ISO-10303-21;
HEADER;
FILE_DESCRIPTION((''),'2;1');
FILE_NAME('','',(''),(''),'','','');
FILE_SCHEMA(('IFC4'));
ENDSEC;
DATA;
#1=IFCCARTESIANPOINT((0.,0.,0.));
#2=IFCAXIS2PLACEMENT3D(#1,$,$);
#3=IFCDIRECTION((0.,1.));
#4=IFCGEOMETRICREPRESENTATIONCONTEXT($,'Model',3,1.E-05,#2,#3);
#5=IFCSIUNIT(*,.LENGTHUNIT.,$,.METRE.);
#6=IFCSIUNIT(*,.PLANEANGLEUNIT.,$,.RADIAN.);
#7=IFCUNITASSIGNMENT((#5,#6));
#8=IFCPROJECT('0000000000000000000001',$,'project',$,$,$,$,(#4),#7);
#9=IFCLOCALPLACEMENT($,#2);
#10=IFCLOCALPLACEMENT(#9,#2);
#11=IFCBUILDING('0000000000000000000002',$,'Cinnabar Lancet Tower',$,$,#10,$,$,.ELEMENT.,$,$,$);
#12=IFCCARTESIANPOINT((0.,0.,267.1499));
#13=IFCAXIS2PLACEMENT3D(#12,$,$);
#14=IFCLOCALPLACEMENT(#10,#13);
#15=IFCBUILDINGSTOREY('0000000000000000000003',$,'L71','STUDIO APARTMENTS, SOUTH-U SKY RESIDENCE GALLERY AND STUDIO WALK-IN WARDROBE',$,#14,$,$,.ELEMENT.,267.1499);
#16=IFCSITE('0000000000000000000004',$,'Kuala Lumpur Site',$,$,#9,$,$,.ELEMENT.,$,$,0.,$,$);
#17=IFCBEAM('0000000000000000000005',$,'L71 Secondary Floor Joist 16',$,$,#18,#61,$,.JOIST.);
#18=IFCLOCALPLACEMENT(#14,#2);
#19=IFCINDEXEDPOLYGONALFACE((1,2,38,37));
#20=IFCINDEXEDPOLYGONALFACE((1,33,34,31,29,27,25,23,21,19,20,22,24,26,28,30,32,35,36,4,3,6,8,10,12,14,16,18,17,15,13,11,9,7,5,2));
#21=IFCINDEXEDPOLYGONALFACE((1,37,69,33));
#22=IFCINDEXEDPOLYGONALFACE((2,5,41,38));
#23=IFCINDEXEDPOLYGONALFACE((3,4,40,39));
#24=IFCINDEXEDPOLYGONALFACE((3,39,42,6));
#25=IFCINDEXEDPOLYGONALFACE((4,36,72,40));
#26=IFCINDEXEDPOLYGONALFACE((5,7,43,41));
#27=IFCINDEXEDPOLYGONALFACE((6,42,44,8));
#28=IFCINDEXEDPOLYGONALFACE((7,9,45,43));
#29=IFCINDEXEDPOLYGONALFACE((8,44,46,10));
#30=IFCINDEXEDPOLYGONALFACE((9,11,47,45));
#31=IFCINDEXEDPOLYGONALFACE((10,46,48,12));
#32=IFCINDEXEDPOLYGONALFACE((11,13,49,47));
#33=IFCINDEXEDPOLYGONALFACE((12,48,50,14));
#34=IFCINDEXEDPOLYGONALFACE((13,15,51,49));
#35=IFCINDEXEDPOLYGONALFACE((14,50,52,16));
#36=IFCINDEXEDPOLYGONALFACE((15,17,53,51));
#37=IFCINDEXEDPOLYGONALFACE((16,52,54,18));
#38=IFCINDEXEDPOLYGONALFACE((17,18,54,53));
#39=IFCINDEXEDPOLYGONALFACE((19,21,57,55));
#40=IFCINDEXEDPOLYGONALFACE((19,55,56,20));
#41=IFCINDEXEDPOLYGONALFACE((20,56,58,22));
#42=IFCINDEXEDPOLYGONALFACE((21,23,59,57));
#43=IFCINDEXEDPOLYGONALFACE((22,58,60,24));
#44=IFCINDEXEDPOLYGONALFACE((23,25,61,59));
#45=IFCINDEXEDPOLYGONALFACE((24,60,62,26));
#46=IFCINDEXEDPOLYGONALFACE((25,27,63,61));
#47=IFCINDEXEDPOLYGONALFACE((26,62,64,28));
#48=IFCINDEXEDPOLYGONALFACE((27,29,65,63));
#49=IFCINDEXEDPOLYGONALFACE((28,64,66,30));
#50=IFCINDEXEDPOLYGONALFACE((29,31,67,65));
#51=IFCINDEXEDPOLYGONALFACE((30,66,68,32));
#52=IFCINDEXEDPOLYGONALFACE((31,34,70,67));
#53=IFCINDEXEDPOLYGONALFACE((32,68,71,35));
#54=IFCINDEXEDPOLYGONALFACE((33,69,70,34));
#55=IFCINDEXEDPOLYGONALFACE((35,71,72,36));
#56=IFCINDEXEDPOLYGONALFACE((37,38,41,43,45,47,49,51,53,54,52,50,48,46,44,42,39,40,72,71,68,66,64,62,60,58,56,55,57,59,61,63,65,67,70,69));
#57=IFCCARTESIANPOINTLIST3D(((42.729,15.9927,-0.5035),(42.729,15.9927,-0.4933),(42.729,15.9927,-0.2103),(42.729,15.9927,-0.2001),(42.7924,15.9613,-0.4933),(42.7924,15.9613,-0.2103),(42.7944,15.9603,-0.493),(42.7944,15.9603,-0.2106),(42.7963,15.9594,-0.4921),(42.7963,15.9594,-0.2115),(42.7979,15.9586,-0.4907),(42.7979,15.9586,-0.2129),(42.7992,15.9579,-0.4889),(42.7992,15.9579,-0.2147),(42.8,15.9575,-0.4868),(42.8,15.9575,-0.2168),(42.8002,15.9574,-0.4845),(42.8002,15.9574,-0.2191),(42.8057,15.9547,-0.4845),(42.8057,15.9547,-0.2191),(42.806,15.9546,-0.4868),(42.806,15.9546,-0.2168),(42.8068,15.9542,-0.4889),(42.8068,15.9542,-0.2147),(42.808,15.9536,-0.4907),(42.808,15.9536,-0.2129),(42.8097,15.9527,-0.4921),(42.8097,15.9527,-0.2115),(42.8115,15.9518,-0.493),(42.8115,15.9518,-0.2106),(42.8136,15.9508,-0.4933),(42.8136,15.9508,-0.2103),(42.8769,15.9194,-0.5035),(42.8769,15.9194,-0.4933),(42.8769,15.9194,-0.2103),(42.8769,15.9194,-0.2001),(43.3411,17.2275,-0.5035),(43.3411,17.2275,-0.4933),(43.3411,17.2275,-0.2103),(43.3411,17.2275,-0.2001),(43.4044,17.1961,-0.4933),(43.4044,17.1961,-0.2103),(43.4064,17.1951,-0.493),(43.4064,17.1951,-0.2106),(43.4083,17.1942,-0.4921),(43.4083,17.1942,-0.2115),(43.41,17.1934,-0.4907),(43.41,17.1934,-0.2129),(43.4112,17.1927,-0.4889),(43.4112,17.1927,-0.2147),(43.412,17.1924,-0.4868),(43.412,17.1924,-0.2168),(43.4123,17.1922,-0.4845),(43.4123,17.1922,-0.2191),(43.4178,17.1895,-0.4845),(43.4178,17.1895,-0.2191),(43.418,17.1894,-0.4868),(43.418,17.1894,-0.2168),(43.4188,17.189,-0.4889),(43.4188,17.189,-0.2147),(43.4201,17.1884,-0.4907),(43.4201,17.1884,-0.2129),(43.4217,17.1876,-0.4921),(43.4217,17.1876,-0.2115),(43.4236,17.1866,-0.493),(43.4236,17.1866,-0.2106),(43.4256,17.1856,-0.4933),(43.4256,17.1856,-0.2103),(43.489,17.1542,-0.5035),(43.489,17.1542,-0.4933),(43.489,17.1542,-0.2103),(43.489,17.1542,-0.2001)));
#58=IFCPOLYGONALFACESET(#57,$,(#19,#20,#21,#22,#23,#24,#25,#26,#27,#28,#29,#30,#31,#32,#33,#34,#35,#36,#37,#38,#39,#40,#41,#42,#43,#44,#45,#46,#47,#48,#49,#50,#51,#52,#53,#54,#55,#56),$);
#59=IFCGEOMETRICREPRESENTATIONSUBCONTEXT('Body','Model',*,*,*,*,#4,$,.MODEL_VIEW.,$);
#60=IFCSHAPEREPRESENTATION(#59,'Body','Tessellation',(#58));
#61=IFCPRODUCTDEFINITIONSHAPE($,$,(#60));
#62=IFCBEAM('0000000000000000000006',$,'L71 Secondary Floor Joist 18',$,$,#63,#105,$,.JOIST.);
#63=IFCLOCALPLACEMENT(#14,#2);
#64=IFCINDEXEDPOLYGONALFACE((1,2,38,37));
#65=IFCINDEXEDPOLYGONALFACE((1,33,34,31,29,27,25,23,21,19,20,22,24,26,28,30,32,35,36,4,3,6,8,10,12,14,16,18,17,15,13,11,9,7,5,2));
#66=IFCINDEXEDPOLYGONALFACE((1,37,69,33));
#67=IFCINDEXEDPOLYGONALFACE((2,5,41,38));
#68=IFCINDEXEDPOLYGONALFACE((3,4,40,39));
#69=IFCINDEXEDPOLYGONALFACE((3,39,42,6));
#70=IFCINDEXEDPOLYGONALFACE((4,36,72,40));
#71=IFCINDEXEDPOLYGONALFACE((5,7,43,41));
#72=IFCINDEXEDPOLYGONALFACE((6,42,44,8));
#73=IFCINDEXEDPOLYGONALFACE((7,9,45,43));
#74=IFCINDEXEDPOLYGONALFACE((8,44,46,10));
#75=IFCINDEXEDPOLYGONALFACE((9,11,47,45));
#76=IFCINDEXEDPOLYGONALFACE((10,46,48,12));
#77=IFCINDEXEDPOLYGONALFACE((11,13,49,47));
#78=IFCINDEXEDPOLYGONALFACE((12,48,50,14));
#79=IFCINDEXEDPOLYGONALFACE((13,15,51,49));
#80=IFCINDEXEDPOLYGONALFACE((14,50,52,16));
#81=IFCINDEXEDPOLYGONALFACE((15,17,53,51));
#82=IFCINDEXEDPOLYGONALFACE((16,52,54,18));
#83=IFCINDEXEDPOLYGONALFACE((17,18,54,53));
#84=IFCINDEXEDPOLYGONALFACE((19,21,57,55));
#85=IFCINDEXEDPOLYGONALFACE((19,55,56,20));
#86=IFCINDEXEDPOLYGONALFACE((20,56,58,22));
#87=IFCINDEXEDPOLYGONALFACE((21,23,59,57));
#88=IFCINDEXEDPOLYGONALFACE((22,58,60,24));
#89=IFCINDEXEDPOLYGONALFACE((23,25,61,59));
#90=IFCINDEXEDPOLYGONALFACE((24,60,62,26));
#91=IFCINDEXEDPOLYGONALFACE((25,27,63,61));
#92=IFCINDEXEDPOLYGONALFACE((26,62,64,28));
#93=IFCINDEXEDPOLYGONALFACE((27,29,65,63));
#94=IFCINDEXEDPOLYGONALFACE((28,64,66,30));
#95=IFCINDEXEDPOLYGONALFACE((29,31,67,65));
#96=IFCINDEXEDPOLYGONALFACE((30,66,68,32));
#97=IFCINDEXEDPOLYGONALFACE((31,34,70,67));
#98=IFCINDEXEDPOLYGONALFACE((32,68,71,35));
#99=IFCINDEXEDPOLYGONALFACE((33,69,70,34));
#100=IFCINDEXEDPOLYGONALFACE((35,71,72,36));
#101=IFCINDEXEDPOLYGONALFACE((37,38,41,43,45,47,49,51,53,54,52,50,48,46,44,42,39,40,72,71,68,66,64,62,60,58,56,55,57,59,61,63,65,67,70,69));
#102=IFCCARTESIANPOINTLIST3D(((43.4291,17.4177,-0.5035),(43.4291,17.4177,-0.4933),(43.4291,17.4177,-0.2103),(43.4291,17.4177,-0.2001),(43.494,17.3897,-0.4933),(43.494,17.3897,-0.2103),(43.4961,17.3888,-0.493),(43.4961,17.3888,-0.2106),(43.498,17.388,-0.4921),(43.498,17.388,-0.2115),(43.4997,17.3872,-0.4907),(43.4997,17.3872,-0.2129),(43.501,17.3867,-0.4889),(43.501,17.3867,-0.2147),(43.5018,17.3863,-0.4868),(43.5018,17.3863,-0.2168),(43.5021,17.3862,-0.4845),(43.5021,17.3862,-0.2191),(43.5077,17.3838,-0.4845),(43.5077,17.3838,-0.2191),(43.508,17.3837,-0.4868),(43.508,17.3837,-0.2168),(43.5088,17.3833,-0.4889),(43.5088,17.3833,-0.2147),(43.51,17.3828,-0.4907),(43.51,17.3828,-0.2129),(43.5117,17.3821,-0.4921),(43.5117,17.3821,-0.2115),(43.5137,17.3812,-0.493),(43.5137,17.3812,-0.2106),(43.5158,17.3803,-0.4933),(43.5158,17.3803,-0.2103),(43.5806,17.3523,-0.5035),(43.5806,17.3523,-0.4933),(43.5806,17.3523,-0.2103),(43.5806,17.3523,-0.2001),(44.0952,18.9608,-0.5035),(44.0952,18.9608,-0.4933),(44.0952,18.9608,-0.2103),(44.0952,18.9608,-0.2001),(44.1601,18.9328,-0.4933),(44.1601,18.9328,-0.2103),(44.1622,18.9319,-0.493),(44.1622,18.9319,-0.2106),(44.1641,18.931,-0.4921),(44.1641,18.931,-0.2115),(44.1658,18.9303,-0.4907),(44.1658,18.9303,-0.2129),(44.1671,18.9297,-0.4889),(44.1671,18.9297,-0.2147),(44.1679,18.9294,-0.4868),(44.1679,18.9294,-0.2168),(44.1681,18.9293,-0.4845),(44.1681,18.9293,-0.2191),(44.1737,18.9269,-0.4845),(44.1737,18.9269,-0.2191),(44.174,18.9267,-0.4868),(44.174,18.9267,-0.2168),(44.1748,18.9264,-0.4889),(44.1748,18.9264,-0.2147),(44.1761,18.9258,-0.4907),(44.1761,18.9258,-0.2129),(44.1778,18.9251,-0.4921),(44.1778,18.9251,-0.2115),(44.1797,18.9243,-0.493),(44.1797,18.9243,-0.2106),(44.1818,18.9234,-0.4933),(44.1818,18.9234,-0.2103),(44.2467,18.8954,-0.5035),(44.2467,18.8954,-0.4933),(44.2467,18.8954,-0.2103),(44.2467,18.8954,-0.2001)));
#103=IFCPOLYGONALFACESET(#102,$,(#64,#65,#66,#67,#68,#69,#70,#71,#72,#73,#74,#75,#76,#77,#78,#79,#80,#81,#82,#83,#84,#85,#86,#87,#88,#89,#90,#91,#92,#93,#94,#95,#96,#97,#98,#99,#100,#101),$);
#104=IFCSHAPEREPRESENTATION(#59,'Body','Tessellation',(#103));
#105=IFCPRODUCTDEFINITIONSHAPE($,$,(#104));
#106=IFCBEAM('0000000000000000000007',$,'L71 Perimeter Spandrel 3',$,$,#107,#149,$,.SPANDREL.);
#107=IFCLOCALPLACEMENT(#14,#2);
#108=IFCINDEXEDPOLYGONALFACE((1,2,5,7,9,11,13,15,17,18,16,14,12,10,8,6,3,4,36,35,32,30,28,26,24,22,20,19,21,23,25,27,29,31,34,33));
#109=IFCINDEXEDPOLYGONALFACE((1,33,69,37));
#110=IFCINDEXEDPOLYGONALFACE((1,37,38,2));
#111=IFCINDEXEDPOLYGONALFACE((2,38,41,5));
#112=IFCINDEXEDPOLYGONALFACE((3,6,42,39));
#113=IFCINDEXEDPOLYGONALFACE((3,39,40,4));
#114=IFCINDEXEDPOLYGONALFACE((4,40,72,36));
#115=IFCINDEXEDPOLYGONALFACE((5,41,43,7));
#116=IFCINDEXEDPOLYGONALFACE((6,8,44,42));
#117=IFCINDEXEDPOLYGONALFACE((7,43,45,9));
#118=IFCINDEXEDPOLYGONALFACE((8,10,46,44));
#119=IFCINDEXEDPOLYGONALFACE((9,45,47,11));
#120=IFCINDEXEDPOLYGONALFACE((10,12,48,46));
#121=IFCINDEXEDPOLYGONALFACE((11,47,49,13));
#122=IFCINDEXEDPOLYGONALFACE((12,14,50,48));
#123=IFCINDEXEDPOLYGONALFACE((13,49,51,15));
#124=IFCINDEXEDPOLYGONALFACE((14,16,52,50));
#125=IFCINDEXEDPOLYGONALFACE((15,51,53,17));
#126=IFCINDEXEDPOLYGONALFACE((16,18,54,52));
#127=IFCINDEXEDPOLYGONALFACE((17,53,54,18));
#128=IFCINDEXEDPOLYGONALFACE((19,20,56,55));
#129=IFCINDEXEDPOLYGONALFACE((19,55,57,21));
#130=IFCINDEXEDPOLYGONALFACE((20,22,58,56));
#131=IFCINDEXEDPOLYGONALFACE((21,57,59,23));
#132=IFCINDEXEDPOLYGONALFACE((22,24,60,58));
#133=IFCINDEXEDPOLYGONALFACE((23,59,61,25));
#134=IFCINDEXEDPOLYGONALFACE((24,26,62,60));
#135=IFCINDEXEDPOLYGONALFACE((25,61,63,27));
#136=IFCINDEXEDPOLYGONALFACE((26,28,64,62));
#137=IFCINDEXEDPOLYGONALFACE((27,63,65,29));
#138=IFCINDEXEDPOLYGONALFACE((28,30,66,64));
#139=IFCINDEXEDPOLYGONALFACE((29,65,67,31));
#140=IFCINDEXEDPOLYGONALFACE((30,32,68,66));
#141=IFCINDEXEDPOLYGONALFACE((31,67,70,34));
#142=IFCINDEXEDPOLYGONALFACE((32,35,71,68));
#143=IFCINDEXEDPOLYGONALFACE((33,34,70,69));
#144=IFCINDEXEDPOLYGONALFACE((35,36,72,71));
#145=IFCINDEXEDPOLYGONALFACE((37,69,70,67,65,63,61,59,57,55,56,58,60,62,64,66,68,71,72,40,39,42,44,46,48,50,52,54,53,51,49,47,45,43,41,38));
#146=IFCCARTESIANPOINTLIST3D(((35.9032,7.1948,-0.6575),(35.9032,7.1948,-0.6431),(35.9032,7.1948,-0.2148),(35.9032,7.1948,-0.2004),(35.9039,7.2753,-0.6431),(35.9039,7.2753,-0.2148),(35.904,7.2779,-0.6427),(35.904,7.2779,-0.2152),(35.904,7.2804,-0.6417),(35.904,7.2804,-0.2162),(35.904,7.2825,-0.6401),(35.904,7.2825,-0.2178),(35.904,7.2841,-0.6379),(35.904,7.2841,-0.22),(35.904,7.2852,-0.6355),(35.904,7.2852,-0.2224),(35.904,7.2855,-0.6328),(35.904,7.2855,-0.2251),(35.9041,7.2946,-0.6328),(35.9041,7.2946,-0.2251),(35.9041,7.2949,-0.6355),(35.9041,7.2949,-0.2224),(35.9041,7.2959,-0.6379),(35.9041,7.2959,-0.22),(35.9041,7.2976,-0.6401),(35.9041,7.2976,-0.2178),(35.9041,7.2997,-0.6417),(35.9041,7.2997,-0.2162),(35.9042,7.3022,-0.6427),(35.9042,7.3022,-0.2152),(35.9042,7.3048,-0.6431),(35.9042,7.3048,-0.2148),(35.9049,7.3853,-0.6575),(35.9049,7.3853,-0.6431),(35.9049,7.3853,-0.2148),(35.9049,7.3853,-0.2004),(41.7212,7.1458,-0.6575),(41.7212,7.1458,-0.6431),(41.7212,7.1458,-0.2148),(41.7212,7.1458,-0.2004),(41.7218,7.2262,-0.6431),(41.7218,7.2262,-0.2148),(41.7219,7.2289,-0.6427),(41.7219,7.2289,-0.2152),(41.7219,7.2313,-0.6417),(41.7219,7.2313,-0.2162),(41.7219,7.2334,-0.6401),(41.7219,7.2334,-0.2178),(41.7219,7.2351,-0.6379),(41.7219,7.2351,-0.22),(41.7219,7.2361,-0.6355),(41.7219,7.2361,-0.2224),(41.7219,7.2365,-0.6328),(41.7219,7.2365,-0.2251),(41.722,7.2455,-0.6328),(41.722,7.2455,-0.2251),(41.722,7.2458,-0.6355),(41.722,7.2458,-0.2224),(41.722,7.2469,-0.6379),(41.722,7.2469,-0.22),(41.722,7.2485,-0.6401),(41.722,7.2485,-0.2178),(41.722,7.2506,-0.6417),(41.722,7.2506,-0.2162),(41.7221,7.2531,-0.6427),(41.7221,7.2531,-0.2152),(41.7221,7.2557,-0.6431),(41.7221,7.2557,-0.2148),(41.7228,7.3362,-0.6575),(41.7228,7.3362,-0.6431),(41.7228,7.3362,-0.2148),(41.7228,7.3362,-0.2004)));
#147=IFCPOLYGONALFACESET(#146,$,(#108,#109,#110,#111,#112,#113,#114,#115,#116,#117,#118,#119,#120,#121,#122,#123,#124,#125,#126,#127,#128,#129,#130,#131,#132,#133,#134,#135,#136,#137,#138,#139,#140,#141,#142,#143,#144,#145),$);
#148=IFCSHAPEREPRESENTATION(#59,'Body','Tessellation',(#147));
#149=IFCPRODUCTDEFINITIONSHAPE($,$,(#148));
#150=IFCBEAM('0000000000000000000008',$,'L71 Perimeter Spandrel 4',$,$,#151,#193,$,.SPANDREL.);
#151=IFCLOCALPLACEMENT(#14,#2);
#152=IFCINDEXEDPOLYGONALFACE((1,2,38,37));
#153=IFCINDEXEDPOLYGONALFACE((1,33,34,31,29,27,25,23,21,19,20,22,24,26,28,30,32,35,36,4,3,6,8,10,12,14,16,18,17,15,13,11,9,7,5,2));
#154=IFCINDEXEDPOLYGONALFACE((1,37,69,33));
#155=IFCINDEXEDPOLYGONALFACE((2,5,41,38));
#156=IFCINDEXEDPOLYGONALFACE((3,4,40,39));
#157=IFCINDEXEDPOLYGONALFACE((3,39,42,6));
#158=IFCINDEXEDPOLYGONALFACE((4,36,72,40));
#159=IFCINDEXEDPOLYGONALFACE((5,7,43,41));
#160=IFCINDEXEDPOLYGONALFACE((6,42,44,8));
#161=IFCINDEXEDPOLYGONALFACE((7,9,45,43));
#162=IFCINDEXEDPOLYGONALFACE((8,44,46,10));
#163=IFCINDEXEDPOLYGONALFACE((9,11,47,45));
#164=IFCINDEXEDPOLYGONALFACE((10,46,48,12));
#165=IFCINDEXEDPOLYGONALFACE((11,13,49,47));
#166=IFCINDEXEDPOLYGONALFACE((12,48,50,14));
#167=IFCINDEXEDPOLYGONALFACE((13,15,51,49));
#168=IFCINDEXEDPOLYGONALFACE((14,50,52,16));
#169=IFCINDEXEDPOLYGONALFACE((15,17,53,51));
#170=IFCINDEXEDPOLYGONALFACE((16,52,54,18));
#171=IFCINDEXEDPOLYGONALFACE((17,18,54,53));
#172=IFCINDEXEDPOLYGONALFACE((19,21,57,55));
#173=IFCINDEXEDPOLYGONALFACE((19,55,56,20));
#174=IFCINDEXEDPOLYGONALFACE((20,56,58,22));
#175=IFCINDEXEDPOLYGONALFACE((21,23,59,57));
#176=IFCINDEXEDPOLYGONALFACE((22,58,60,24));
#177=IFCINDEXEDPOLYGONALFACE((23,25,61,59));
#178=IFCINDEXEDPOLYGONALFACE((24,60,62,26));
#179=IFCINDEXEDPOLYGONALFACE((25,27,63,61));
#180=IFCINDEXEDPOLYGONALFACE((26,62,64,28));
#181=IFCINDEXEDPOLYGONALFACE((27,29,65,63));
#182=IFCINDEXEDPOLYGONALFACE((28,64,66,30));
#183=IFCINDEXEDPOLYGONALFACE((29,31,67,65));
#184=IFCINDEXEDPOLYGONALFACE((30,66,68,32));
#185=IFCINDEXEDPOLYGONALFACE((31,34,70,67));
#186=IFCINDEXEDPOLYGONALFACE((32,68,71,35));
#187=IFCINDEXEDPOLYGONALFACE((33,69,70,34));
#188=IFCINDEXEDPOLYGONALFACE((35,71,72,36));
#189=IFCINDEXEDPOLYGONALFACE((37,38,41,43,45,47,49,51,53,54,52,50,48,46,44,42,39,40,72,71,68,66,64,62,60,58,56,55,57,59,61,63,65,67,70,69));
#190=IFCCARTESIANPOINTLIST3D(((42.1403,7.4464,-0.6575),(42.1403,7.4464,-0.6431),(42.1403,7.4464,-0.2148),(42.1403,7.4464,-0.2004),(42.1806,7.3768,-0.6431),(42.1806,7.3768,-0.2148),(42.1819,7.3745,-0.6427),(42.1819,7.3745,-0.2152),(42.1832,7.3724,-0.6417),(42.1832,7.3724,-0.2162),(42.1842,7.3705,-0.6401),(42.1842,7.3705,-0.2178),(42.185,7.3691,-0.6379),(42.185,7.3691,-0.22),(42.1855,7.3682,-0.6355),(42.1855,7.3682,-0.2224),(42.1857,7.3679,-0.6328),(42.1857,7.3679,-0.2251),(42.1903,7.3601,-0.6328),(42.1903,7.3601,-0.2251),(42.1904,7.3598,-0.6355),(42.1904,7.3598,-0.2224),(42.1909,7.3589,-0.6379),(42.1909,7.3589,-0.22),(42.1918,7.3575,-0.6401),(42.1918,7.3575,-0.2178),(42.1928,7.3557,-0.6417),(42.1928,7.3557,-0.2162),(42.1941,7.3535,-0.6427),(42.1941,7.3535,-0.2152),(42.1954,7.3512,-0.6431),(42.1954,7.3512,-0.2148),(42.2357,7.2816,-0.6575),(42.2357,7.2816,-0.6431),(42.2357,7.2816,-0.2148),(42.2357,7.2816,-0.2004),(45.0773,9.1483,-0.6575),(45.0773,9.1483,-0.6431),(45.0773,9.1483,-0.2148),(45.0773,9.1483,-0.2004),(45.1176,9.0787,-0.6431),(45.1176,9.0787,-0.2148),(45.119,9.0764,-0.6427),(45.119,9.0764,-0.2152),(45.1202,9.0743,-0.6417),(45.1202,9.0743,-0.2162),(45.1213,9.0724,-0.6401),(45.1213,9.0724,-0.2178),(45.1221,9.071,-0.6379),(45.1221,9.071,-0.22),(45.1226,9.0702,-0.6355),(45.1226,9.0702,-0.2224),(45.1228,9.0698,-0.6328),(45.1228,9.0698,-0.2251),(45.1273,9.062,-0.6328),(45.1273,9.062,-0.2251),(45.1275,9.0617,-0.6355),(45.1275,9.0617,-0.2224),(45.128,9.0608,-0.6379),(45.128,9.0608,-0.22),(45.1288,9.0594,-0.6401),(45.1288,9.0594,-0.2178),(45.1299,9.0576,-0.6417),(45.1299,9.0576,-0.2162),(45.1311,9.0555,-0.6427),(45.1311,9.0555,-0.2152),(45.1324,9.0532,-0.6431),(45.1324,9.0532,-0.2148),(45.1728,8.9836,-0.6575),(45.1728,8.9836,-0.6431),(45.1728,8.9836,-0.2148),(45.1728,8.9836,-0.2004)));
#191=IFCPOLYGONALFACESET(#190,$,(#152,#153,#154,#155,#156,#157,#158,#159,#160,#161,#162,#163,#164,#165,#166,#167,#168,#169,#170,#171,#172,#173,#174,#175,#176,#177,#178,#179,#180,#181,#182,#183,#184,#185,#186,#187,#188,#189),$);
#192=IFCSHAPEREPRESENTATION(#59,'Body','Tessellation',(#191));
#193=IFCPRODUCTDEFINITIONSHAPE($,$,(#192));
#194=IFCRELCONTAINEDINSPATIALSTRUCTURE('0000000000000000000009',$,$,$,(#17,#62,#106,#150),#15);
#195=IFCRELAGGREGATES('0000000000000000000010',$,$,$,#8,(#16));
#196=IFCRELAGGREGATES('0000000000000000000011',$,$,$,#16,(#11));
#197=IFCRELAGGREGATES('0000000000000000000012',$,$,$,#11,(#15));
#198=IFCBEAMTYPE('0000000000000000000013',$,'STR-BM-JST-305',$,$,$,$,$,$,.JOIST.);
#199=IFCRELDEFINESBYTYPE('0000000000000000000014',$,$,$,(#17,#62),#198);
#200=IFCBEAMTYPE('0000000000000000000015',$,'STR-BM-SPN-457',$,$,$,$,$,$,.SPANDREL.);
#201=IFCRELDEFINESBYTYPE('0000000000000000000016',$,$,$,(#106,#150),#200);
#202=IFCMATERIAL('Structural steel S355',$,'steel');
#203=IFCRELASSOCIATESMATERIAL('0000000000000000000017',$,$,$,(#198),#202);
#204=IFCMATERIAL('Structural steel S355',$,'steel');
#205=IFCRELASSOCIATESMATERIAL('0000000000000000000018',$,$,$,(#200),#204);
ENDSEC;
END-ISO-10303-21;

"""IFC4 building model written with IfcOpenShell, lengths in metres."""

from ifc_helpers import new_model, si_unit, direction, frame, origin, origin_2d, place, context, subcontext, project, spatial, i_section, extrude, material, material_profile, profile_set, type_object, element, save


model = new_model("IFC4")

# Units and contexts
model_context = context("Model", 3, precision=1e-05, world=origin(), true_north=direction((0.0, 1.0)))
body_context = subcontext(model_context, "Body", "Model", "MODEL_VIEW")
ifc_project = project(units=[si_unit("LENGTHUNIT", "METRE"), si_unit("PLANEANGLEUNIT", "RADIAN")], contexts=[model_context])

# Site, building, storey
site_placement = place(None, origin())
site = spatial("IfcSite", under=ifc_project, at=site_placement, Name="Kuala Lumpur Site", CompositionType="ELEMENT", RefElevation=0.0)
building_placement = place(site_placement, origin())
building = spatial("IfcBuilding", under=site, at=building_placement, Name="Cinnabar Lancet Tower", CompositionType="ELEMENT")
storey_placement = place(building_placement, frame((0.0, 0.0, 267.1499)))
storey = spatial("IfcBuildingStorey", under=building, at=storey_placement, Name="L71", Description="STUDIO APARTMENTS, SOUTH-U SKY RESIDENCE GALLERY AND STUDIO WALK-IN WARDROBE", CompositionType="ELEMENT", Elevation=267.1499)

# Beams
ifc_material_1 = material(Name="Structural steel S355", Category="steel")
ifc_material_profile_1 = material_profile(ifc_material_1, i_section(OverallWidth=0.165, OverallDepth=0.3035, WebThickness=0.0061, FlangeThickness=0.0103, FilletRadius=0.0088, at=origin_2d()), Name="UKB 305x165x40")
ifc_profile_set_1 = profile_set([ifc_material_profile_1], Name="Structural steel S355")
beam_type_1 = type_object("IfcBeamType", Name="STR-BM-JST-305", PredefinedType="JOIST", material=ifc_profile_set_1)
beam_1_placement = place(storey_placement, frame((42.803, 15.9561, -0.3518), z_axis=(0.444093, 0.895981, 0.0), x_axis=(-0.895981, 0.444093, 0.0)))
element("IfcBeam", 1, at=beam_1_placement, inside=storey, type_object=beam_type_1, Name="L71 Secondary Floor Joist 16", PredefinedType="JOIST", context=body_context, shape_type="SweptSolid", body=[
    extrude(i_section(OverallWidth=0.165, OverallDepth=0.3035, WebThickness=0.0061, FlangeThickness=0.0103, FilletRadius=0.0088, at=origin_2d()), origin(), (0.0, 0.0, 1.0), 1.3782),
])
beam_2_placement = place(storey_placement, frame((43.5049, 17.385, -0.3518), z_axis=(0.396302, 0.91812, 0.0), x_axis=(-0.91812, 0.396302, 0.0)))
element("IfcBeam", 2, at=beam_2_placement, inside=storey, type_object=beam_type_1, Name="L71 Secondary Floor Joist 18", PredefinedType="JOIST", context=body_context, shape_type="SweptSolid", body=[
    extrude(i_section(OverallWidth=0.165, OverallDepth=0.3035, WebThickness=0.0061, FlangeThickness=0.0103, FilletRadius=0.0088, at=origin_2d()), origin(), (0.0, 0.0, 1.0), 1.6807),
])
ifc_material_2 = material(Name="Structural steel S355", Category="steel")
ifc_material_profile_2 = material_profile(ifc_material_2, i_section(OverallWidth=0.1904, OverallDepth=0.457, WebThickness=0.009, FlangeThickness=0.0144, FilletRadius=0.0103, at=origin_2d()), Name="UKB 457x191x74")
ifc_profile_set_2 = profile_set([ifc_material_profile_2], Name="Structural steel S355")
beam_type_2 = type_object("IfcBeamType", Name="STR-BM-SPN-457", PredefinedType="SPANDREL", material=ifc_profile_set_2)
beam_3_placement = place(storey_placement, frame((35.9041, 7.29, -0.429), z_axis=(0.999964, -0.008434, 0.0), x_axis=(0.008434, 0.999964, 0.0)))
element("IfcBeam", 3, at=beam_3_placement, inside=storey, type_object=beam_type_2, Name="L71 Perimeter Spandrel 3", PredefinedType="SPANDREL", context=body_context, shape_type="SweptSolid", body=[
    extrude(i_section(OverallWidth=0.1904, OverallDepth=0.457, WebThickness=0.009, FlangeThickness=0.0144, FilletRadius=0.0103, at=origin_2d()), origin(), (0.0, 0.0, 1.0), 5.8181),
])
beam_4_placement = place(storey_placement, frame((42.188, 7.364, -0.429), z_axis=(0.865231, 0.501374, 0.0), x_axis=(-0.501374, 0.865231, 0.0)))
element("IfcBeam", 4, at=beam_4_placement, inside=storey, type_object=beam_type_2, Name="L71 Perimeter Spandrel 4", PredefinedType="SPANDREL", context=body_context, shape_type="SweptSolid", body=[
    extrude(i_section(OverallWidth=0.1904, OverallDepth=0.457, WebThickness=0.009, FlangeThickness=0.0144, FilletRadius=0.0103, at=origin_2d()), origin(), (0.0, 0.0, 1.0), 3.3945),
])

save(model, "model.ifc")
